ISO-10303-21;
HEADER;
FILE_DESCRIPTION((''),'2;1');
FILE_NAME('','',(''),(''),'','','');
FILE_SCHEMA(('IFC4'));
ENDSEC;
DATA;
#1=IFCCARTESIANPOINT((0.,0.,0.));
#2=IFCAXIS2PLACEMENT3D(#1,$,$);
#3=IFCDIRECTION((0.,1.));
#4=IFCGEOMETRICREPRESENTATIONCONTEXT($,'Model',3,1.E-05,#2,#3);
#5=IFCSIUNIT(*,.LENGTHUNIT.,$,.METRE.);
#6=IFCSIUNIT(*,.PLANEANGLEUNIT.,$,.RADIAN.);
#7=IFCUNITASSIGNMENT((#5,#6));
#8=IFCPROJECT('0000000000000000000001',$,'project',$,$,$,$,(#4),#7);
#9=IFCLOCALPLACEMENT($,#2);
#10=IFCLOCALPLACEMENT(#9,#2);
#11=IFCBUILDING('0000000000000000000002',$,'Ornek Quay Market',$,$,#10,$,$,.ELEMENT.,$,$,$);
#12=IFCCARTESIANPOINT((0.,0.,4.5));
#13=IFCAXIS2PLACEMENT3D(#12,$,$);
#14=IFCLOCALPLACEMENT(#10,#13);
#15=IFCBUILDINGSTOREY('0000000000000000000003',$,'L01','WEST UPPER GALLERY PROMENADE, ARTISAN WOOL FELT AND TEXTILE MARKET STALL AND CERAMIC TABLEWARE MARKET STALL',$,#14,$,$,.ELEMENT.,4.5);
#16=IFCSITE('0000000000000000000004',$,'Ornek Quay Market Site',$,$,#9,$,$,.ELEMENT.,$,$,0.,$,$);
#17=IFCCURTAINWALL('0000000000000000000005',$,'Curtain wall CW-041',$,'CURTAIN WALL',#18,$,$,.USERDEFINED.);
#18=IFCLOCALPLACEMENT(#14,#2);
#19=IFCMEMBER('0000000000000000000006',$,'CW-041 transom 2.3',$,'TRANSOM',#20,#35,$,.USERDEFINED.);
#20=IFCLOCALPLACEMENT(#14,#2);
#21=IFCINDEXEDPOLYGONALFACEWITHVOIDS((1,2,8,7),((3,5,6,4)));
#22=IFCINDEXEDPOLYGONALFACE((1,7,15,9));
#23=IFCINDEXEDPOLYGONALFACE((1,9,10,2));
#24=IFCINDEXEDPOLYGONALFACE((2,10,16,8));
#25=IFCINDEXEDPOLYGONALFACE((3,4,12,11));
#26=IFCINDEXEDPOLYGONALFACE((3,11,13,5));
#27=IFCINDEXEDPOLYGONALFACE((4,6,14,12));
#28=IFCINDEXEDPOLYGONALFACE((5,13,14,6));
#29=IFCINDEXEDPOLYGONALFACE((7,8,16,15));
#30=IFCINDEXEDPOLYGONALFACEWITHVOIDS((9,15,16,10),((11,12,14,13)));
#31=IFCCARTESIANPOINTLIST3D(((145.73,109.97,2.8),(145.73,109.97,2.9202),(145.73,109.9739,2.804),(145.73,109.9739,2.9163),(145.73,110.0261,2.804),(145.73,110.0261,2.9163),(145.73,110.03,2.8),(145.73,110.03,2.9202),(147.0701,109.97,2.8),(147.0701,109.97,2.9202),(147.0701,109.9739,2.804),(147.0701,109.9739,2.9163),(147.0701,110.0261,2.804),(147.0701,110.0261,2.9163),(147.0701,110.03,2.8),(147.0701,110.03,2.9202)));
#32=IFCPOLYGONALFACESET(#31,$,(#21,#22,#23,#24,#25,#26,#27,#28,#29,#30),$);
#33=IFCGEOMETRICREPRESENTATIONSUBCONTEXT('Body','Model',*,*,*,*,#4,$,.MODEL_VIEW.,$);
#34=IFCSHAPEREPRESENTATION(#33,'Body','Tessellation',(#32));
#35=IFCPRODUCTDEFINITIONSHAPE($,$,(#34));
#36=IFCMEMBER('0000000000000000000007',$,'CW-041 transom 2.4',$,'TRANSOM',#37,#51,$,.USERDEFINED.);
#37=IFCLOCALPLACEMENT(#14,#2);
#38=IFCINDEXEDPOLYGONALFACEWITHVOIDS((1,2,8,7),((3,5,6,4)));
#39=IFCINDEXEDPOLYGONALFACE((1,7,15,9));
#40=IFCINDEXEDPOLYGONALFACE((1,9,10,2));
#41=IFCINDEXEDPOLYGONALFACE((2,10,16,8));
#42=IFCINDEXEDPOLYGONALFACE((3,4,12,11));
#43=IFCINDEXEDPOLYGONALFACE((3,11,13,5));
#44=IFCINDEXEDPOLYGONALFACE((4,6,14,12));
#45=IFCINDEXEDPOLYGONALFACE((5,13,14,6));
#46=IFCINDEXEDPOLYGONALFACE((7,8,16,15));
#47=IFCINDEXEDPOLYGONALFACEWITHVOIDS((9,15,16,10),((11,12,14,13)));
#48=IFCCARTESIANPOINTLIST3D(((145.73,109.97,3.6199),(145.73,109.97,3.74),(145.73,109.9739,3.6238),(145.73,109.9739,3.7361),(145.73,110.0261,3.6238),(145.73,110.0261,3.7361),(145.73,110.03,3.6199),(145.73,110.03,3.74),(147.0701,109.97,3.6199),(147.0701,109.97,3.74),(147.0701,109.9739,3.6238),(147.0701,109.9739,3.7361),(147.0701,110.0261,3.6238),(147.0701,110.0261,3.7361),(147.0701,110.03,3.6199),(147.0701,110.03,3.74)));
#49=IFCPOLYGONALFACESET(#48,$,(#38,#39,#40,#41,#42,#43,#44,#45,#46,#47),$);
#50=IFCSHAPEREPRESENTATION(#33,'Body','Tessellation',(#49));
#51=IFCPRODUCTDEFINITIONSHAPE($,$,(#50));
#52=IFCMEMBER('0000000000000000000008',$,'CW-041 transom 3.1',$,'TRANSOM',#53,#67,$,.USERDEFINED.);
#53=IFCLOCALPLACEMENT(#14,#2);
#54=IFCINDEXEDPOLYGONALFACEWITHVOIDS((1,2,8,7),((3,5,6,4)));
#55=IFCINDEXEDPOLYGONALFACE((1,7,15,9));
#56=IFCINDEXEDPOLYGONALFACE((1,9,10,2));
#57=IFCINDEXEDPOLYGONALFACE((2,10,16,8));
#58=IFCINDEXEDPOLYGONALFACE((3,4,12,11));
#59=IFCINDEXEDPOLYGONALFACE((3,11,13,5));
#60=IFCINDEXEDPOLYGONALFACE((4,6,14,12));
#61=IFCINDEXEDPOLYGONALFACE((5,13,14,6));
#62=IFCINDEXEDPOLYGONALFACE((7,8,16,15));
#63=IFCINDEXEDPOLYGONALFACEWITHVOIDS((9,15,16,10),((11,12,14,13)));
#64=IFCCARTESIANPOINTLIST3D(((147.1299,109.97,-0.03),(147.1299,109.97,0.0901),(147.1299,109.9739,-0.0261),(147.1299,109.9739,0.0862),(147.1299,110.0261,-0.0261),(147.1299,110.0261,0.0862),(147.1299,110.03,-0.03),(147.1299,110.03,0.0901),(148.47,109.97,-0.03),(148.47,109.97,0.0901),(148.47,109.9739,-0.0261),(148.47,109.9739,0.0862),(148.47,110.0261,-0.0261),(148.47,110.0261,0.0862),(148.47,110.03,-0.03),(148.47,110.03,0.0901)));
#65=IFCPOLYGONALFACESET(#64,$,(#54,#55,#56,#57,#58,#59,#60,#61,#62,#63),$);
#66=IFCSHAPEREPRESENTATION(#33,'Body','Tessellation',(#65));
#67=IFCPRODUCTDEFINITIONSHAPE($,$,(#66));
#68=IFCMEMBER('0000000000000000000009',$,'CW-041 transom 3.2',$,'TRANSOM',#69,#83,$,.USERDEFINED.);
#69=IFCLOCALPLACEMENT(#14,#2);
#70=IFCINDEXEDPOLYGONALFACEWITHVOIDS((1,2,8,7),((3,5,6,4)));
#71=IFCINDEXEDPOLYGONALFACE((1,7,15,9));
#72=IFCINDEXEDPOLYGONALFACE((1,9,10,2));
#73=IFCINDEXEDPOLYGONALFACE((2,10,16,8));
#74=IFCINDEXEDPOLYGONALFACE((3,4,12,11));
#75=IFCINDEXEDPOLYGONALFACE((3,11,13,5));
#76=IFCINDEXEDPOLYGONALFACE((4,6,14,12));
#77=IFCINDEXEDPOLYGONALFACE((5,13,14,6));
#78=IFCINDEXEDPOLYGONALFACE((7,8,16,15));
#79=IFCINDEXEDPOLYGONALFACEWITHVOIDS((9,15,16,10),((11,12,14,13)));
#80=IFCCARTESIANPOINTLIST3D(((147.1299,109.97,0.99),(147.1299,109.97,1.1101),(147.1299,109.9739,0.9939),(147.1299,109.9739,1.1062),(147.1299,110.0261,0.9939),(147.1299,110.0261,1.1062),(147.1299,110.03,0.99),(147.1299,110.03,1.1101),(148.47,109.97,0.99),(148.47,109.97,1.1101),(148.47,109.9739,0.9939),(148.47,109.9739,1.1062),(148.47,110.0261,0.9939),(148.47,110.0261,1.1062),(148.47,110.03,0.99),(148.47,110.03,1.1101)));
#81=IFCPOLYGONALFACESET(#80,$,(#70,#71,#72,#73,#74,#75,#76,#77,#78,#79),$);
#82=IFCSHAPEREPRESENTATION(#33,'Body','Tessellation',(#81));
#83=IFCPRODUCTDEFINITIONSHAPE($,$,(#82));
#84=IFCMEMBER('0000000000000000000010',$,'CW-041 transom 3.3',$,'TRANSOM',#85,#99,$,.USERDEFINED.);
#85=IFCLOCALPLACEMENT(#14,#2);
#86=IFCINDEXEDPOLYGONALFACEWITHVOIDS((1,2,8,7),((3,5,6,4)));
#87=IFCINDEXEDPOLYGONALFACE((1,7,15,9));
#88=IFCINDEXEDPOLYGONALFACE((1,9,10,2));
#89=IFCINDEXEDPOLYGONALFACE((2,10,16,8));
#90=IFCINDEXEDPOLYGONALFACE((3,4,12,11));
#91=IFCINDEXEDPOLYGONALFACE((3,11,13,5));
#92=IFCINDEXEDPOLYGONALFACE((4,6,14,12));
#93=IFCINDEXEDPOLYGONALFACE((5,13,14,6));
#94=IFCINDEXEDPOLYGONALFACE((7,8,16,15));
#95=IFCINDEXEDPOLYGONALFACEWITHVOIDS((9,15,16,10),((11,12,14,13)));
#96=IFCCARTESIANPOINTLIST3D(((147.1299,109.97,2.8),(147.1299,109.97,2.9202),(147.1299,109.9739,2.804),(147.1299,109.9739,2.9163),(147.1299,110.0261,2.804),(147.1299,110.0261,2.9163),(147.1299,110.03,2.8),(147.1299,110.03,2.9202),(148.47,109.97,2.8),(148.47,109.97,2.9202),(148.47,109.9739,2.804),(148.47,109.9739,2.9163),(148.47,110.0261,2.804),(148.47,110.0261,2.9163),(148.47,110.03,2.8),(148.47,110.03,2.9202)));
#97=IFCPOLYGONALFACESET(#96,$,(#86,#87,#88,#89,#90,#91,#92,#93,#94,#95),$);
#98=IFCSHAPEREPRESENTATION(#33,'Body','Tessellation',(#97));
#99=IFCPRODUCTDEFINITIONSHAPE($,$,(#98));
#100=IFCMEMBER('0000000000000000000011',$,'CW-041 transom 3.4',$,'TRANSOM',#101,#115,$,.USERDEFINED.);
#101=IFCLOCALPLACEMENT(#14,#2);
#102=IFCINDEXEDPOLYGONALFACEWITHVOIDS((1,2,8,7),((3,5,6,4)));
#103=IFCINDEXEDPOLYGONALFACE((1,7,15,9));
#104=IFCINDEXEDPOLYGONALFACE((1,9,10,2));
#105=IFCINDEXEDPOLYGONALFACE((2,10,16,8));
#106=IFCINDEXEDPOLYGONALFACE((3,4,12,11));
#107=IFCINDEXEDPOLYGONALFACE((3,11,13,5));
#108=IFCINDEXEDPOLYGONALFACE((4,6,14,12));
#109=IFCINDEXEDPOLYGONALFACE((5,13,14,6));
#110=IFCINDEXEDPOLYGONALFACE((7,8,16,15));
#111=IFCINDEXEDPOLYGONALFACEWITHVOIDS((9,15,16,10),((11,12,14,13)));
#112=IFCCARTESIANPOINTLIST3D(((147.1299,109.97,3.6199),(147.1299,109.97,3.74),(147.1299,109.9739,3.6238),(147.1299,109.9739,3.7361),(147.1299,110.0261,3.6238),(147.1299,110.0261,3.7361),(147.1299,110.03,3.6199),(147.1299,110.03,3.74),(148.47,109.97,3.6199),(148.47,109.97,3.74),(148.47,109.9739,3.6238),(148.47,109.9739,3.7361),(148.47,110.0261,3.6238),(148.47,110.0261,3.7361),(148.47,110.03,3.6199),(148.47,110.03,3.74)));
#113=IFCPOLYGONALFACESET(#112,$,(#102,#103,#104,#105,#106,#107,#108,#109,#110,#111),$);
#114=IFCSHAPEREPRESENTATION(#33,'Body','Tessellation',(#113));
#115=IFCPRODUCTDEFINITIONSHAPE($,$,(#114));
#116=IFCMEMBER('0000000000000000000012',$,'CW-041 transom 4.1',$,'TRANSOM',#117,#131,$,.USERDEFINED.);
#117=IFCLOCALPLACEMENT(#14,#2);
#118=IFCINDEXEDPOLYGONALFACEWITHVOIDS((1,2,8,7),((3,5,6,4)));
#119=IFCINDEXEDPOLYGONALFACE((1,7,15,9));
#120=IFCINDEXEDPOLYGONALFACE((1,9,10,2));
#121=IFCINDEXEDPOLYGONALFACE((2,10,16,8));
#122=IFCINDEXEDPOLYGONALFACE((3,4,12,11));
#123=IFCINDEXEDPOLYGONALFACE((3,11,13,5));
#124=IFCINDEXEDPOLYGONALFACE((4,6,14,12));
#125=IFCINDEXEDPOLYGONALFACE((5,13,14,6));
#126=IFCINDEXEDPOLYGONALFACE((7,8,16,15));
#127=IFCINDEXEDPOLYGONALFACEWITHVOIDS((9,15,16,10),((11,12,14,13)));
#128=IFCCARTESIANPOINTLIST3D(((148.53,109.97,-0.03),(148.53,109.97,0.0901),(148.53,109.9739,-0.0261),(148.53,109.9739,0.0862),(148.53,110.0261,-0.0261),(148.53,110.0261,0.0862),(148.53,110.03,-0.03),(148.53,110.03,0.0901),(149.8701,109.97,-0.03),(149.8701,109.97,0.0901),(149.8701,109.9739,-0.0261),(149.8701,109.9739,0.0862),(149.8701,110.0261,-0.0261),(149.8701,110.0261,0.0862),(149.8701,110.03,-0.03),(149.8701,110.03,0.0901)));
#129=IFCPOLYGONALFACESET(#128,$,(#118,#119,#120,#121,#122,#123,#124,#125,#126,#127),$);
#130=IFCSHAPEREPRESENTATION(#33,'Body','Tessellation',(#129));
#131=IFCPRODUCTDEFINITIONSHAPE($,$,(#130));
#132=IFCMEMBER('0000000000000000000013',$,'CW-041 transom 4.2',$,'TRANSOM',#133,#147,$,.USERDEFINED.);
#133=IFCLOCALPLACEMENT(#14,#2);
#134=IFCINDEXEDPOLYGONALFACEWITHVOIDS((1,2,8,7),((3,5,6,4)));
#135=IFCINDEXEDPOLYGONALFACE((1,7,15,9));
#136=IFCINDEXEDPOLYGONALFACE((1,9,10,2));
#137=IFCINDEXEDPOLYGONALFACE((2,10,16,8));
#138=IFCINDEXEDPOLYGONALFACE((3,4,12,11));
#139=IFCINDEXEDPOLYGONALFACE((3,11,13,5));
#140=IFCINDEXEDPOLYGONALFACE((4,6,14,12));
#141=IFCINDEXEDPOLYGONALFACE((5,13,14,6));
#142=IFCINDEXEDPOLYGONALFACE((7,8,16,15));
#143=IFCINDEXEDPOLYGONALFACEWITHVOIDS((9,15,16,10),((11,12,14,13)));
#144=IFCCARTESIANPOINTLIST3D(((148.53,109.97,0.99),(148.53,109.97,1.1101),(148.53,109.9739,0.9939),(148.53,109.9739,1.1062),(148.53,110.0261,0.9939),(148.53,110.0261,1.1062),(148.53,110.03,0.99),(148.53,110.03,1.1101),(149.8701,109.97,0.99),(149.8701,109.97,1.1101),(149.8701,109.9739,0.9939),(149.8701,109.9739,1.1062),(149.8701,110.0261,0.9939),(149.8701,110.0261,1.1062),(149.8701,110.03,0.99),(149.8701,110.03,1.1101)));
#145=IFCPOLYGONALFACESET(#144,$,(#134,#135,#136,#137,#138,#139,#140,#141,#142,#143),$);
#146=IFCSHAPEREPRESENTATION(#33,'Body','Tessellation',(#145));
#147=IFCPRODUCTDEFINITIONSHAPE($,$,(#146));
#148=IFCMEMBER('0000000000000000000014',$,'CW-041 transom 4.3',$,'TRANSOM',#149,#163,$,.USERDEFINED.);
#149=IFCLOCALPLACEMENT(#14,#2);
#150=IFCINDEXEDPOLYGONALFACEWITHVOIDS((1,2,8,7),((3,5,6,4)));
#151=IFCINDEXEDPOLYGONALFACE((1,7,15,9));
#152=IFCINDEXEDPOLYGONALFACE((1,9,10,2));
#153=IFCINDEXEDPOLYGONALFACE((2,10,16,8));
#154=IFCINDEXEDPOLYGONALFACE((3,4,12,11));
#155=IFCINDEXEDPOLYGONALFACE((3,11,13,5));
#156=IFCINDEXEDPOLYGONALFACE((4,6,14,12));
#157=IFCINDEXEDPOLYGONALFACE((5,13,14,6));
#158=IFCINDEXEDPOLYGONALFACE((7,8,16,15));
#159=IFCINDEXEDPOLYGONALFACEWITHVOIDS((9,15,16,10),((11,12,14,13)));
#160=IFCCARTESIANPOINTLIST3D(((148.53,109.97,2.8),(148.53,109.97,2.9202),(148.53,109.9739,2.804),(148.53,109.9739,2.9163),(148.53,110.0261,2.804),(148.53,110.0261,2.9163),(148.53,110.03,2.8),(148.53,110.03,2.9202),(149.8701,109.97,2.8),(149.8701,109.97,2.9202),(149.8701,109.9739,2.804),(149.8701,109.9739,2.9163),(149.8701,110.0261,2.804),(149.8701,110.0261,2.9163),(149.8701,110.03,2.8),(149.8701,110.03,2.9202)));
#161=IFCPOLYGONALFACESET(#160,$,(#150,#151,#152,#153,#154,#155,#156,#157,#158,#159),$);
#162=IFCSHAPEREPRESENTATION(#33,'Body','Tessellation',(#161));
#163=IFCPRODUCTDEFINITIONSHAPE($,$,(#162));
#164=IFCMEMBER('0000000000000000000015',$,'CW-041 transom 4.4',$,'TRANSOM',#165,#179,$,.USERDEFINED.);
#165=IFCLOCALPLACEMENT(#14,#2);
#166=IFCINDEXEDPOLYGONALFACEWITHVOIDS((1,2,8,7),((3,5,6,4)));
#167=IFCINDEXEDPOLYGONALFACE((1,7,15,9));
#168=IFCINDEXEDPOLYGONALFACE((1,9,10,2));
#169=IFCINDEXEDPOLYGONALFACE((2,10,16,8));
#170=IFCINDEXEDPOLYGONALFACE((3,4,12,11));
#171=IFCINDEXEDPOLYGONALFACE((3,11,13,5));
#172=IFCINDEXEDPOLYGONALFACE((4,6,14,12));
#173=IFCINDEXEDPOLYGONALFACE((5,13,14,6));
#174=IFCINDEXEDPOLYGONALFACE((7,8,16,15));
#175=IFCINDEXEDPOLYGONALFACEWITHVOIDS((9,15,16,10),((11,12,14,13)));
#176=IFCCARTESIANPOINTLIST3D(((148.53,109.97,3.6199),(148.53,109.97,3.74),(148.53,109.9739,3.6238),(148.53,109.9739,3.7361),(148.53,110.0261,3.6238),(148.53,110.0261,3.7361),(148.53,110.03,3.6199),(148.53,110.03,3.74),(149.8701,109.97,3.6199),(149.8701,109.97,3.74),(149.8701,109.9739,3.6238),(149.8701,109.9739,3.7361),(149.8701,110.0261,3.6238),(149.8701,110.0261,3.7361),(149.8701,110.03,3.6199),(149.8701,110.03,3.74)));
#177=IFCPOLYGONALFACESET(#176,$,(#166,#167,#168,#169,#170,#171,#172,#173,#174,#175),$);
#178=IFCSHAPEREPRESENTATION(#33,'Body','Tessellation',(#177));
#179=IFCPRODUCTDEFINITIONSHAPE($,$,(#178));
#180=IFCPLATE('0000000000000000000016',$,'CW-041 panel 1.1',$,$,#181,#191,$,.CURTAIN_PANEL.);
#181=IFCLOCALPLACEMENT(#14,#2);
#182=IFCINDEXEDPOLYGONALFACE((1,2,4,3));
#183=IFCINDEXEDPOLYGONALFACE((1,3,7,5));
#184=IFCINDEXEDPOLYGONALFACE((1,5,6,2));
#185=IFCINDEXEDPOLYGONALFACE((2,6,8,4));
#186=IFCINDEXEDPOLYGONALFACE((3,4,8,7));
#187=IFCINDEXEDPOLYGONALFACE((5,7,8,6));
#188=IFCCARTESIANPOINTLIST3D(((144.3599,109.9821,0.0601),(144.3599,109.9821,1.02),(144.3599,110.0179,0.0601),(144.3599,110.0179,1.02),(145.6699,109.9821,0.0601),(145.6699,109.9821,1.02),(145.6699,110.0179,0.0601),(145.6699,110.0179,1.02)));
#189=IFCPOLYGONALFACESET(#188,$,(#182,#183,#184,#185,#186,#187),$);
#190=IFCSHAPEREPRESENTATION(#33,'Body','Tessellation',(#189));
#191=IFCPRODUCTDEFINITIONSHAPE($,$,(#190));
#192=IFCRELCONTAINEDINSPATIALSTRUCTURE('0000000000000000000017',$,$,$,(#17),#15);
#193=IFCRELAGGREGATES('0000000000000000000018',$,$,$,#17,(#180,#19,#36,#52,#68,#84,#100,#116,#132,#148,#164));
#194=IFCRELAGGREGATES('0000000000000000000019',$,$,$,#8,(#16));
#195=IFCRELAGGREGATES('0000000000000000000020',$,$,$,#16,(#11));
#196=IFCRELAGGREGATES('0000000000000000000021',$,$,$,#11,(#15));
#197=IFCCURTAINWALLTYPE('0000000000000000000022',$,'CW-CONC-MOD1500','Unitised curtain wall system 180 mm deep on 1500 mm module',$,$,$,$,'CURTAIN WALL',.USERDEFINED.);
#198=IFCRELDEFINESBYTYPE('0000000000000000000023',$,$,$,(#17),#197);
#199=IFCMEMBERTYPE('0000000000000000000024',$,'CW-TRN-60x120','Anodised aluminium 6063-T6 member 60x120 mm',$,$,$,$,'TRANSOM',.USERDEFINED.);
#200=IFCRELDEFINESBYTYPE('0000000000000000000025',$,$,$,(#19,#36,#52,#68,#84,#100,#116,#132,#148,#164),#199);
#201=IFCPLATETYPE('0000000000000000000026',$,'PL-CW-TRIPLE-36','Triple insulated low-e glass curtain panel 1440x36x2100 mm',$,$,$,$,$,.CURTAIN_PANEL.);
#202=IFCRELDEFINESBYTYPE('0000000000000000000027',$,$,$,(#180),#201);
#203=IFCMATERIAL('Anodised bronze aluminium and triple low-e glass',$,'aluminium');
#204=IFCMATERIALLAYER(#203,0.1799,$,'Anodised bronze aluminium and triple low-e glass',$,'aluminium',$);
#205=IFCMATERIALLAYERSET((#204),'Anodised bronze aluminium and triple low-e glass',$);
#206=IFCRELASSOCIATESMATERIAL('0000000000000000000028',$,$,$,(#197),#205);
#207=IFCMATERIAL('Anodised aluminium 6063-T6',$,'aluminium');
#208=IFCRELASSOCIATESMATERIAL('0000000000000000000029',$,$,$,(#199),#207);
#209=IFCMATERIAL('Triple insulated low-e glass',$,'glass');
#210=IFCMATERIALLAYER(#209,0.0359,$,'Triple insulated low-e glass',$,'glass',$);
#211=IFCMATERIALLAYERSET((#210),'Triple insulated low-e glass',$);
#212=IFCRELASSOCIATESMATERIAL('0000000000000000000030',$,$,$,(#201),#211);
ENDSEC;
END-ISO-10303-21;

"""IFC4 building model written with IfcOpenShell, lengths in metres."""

from ifc_helpers import new_model, si_unit, direction, frame, origin, origin_2d, place, context, subcontext, project, spatial, rectangle, hollow_rectangle, extrude, material, layer, layer_set, material_profile, profile_set, type_object, element, aggregate, save


model = new_model("IFC4")

# Units and contexts
model_context = context("Model", 3, precision=1e-05, world=origin(), true_north=direction((0.0, 1.0)))
body_context = subcontext(model_context, "Body", "Model", "MODEL_VIEW")
ifc_project = project(units=[si_unit("LENGTHUNIT", "METRE"), si_unit("PLANEANGLEUNIT", "RADIAN")], contexts=[model_context])

# Site, building, storey
site_placement = place(None, origin())
site = spatial("IfcSite", under=ifc_project, at=site_placement, Name="Ornek Quay Market Site", CompositionType="ELEMENT", RefElevation=0.0)
building_placement = place(site_placement, origin())
building = spatial("IfcBuilding", under=site, at=building_placement, Name="Ornek Quay Market", CompositionType="ELEMENT")
storey_placement = place(building_placement, frame((0.0, 0.0, 4.5)))
storey = spatial("IfcBuildingStorey", under=building, at=storey_placement, Name="L01", Description="WEST UPPER GALLERY PROMENADE, ARTISAN WOOL FELT AND TEXTILE MARKET STALL AND CERAMIC TABLEWARE MARKET STALL", CompositionType="ELEMENT", Elevation=4.5)

# Curtain wall, members, plate
ifc_material_1 = material(Name="Anodised bronze aluminium and triple low-e glass", Category="aluminium")
ifc_layer_1 = layer(ifc_material_1, 0.1799, Name="Anodised bronze aluminium and triple low-e glass", Category="aluminium")
ifc_layer_set_1 = layer_set([ifc_layer_1], Name="Anodised bronze aluminium and triple low-e glass")
curtain_wall_type = type_object("IfcCurtainWallType", Name="CW-CONC-MOD1500", Description="Unitised curtain wall system 180 mm deep on 1500 mm module", ElementType="CURTAIN WALL", PredefinedType="USERDEFINED", material=ifc_layer_set_1)
curtain_wall_placement = place(storey_placement, origin())
curtain_wall = element("IfcCurtainWall", 1, at=curtain_wall_placement, inside=storey, type_object=curtain_wall_type, Name="Curtain wall CW-041", ObjectType="CURTAIN WALL", PredefinedType="USERDEFINED")
ifc_material_2 = material(Name="Anodised aluminium 6063-T6", Category="aluminium")
ifc_material_profile_1 = material_profile(ifc_material_2, hollow_rectangle(XDim=0.0601, YDim=0.1201, WallThickness=0.0039, at=origin_2d()), Name="CW-TRN-60x120", Category="aluminium")
ifc_profile_set_1 = profile_set([ifc_material_profile_1], Name="Anodised aluminium 6063-T6")
member_type_1 = type_object("IfcMemberType", Name="CW-TRN-60x120", Description="Anodised aluminium 6063-T6 member 60x120 mm", ElementType="TRANSOM", PredefinedType="USERDEFINED", material=ifc_profile_set_1)
member_1_placement = place(storey_placement, frame((145.73, 110.0, 2.8601), z_axis=(1.0, 0.0, 0.0), x_axis=(0.0, 1.0, 0.0)))
member_1 = element("IfcMember", 2, at=member_1_placement, type_object=member_type_1, Name="CW-041 transom 2.3", ObjectType="TRANSOM", PredefinedType="USERDEFINED", context=body_context, shape_type="SweptSolid", body=[
    extrude(hollow_rectangle(XDim=0.0601, YDim=0.1201, WallThickness=0.0039, at=origin_2d()), origin(), (0.0, 0.0, 1.0), 1.3401),
])
member_2_placement = place(storey_placement, frame((145.73, 110.0, 3.6799), z_axis=(1.0, 0.0, 0.0), x_axis=(0.0, 1.0, 0.0)))
member_2 = element("IfcMember", 3, at=member_2_placement, type_object=member_type_1, Name="CW-041 transom 2.4", ObjectType="TRANSOM", PredefinedType="USERDEFINED", context=body_context, shape_type="SweptSolid", body=[
    extrude(hollow_rectangle(XDim=0.0601, YDim=0.1201, WallThickness=0.0039, at=origin_2d()), origin(), (0.0, 0.0, 1.0), 1.3401),
])
member_3_placement = place(storey_placement, frame((147.1299, 110.0, 0.03), z_axis=(1.0, 0.0, 0.0), x_axis=(0.0, 1.0, 0.0)))
member_3 = element("IfcMember", 4, at=member_3_placement, type_object=member_type_1, Name="CW-041 transom 3.1", ObjectType="TRANSOM", PredefinedType="USERDEFINED", context=body_context, shape_type="SweptSolid", body=[
    extrude(hollow_rectangle(XDim=0.0601, YDim=0.1201, WallThickness=0.0039, at=origin_2d()), origin(), (0.0, 0.0, 1.0), 1.3401),
])
member_4_placement = place(storey_placement, frame((147.1299, 110.0, 1.05), z_axis=(1.0, 0.0, 0.0), x_axis=(0.0, 1.0, 0.0)))
member_4 = element("IfcMember", 5, at=member_4_placement, type_object=member_type_1, Name="CW-041 transom 3.2", ObjectType="TRANSOM", PredefinedType="USERDEFINED", context=body_context, shape_type="SweptSolid", body=[
    extrude(hollow_rectangle(XDim=0.0601, YDim=0.1201, WallThickness=0.0039, at=origin_2d()), origin(), (0.0, 0.0, 1.0), 1.3401),
])
member_5_placement = place(storey_placement, frame((147.1299, 110.0, 2.8601), z_axis=(1.0, 0.0, 0.0), x_axis=(0.0, 1.0, 0.0)))
member_5 = element("IfcMember", 6, at=member_5_placement, type_object=member_type_1, Name="CW-041 transom 3.3", ObjectType="TRANSOM", PredefinedType="USERDEFINED", context=body_context, shape_type="SweptSolid", body=[
    extrude(hollow_rectangle(XDim=0.0601, YDim=0.1201, WallThickness=0.0039, at=origin_2d()), origin(), (0.0, 0.0, 1.0), 1.3401),
])
member_6_placement = place(storey_placement, frame((147.1299, 110.0, 3.6799), z_axis=(1.0, 0.0, 0.0), x_axis=(0.0, 1.0, 0.0)))
member_6 = element("IfcMember", 7, at=member_6_placement, type_object=member_type_1, Name="CW-041 transom 3.4", ObjectType="TRANSOM", PredefinedType="USERDEFINED", context=body_context, shape_type="SweptSolid", body=[
    extrude(hollow_rectangle(XDim=0.0601, YDim=0.1201, WallThickness=0.0039, at=origin_2d()), origin(), (0.0, 0.0, 1.0), 1.3401),
])
member_7_placement = place(storey_placement, frame((148.53, 110.0, 0.03), z_axis=(1.0, 0.0, 0.0), x_axis=(0.0, 1.0, 0.0)))
member_7 = element("IfcMember", 8, at=member_7_placement, type_object=member_type_1, Name="CW-041 transom 4.1", ObjectType="TRANSOM", PredefinedType="USERDEFINED", context=body_context, shape_type="SweptSolid", body=[
    extrude(hollow_rectangle(XDim=0.0601, YDim=0.1201, WallThickness=0.0039, at=origin_2d()), origin(), (0.0, 0.0, 1.0), 1.3401),
])
member_8_placement = place(storey_placement, frame((148.53, 110.0, 1.05), z_axis=(1.0, 0.0, 0.0), x_axis=(0.0, 1.0, 0.0)))
member_8 = element("IfcMember", 9, at=member_8_placement, type_object=member_type_1, Name="CW-041 transom 4.2", ObjectType="TRANSOM", PredefinedType="USERDEFINED", context=body_context, shape_type="SweptSolid", body=[
    extrude(hollow_rectangle(XDim=0.0601, YDim=0.1201, WallThickness=0.0039, at=origin_2d()), origin(), (0.0, 0.0, 1.0), 1.3401),
])
member_9_placement = place(storey_placement, frame((148.53, 110.0, 2.8601), z_axis=(1.0, 0.0, 0.0), x_axis=(0.0, 1.0, 0.0)))
member_9 = element("IfcMember", 10, at=member_9_placement, type_object=member_type_1, Name="CW-041 transom 4.3", ObjectType="TRANSOM", PredefinedType="USERDEFINED", context=body_context, shape_type="SweptSolid", body=[
    extrude(hollow_rectangle(XDim=0.0601, YDim=0.1201, WallThickness=0.0039, at=origin_2d()), origin(), (0.0, 0.0, 1.0), 1.3401),
])
member_10_placement = place(storey_placement, frame((148.53, 110.0, 3.6799), z_axis=(1.0, 0.0, 0.0), x_axis=(0.0, 1.0, 0.0)))
member_10 = element("IfcMember", 11, at=member_10_placement, type_object=member_type_1, Name="CW-041 transom 4.4", ObjectType="TRANSOM", PredefinedType="USERDEFINED", context=body_context, shape_type="SweptSolid", body=[
    extrude(hollow_rectangle(XDim=0.0601, YDim=0.1201, WallThickness=0.0039, at=origin_2d()), origin(), (0.0, 0.0, 1.0), 1.3401),
])
ifc_material_3 = material(Name="Triple insulated low-e glass", Category="glass")
ifc_layer_2 = layer(ifc_material_3, 0.0359, Name="Triple insulated low-e glass", Category="glass")
ifc_layer_set_2 = layer_set([ifc_layer_2], Name="Triple insulated low-e glass")
plate_type = type_object("IfcPlateType", Name="PL-CW-TRIPLE-36", Description="Triple insulated low-e glass curtain panel 1440x36x2100 mm", PredefinedType="CURTAIN_PANEL", material=ifc_layer_set_2)
plate_1_placement = place(storey_placement, frame((145.0149, 110.0, 0.0601), z_axis=(0.0, 0.0, 1.0), x_axis=(1.0, 0.0, 0.0)))
plate_1 = element("IfcPlate", 12, at=plate_1_placement, type_object=plate_type, Name="CW-041 panel 1.1", PredefinedType="CURTAIN_PANEL", context=body_context, shape_type="SweptSolid", body=[
    extrude(rectangle(XDim=1.3101, YDim=0.0359, at=origin_2d()), origin(), (0.0, 0.0, 1.0), 0.96),
])
aggregate(curtain_wall, [plate_1, member_1, member_2, member_3, member_4, member_5, member_6, member_7, member_8, member_9, member_10])

save(model, "model.ifc")
